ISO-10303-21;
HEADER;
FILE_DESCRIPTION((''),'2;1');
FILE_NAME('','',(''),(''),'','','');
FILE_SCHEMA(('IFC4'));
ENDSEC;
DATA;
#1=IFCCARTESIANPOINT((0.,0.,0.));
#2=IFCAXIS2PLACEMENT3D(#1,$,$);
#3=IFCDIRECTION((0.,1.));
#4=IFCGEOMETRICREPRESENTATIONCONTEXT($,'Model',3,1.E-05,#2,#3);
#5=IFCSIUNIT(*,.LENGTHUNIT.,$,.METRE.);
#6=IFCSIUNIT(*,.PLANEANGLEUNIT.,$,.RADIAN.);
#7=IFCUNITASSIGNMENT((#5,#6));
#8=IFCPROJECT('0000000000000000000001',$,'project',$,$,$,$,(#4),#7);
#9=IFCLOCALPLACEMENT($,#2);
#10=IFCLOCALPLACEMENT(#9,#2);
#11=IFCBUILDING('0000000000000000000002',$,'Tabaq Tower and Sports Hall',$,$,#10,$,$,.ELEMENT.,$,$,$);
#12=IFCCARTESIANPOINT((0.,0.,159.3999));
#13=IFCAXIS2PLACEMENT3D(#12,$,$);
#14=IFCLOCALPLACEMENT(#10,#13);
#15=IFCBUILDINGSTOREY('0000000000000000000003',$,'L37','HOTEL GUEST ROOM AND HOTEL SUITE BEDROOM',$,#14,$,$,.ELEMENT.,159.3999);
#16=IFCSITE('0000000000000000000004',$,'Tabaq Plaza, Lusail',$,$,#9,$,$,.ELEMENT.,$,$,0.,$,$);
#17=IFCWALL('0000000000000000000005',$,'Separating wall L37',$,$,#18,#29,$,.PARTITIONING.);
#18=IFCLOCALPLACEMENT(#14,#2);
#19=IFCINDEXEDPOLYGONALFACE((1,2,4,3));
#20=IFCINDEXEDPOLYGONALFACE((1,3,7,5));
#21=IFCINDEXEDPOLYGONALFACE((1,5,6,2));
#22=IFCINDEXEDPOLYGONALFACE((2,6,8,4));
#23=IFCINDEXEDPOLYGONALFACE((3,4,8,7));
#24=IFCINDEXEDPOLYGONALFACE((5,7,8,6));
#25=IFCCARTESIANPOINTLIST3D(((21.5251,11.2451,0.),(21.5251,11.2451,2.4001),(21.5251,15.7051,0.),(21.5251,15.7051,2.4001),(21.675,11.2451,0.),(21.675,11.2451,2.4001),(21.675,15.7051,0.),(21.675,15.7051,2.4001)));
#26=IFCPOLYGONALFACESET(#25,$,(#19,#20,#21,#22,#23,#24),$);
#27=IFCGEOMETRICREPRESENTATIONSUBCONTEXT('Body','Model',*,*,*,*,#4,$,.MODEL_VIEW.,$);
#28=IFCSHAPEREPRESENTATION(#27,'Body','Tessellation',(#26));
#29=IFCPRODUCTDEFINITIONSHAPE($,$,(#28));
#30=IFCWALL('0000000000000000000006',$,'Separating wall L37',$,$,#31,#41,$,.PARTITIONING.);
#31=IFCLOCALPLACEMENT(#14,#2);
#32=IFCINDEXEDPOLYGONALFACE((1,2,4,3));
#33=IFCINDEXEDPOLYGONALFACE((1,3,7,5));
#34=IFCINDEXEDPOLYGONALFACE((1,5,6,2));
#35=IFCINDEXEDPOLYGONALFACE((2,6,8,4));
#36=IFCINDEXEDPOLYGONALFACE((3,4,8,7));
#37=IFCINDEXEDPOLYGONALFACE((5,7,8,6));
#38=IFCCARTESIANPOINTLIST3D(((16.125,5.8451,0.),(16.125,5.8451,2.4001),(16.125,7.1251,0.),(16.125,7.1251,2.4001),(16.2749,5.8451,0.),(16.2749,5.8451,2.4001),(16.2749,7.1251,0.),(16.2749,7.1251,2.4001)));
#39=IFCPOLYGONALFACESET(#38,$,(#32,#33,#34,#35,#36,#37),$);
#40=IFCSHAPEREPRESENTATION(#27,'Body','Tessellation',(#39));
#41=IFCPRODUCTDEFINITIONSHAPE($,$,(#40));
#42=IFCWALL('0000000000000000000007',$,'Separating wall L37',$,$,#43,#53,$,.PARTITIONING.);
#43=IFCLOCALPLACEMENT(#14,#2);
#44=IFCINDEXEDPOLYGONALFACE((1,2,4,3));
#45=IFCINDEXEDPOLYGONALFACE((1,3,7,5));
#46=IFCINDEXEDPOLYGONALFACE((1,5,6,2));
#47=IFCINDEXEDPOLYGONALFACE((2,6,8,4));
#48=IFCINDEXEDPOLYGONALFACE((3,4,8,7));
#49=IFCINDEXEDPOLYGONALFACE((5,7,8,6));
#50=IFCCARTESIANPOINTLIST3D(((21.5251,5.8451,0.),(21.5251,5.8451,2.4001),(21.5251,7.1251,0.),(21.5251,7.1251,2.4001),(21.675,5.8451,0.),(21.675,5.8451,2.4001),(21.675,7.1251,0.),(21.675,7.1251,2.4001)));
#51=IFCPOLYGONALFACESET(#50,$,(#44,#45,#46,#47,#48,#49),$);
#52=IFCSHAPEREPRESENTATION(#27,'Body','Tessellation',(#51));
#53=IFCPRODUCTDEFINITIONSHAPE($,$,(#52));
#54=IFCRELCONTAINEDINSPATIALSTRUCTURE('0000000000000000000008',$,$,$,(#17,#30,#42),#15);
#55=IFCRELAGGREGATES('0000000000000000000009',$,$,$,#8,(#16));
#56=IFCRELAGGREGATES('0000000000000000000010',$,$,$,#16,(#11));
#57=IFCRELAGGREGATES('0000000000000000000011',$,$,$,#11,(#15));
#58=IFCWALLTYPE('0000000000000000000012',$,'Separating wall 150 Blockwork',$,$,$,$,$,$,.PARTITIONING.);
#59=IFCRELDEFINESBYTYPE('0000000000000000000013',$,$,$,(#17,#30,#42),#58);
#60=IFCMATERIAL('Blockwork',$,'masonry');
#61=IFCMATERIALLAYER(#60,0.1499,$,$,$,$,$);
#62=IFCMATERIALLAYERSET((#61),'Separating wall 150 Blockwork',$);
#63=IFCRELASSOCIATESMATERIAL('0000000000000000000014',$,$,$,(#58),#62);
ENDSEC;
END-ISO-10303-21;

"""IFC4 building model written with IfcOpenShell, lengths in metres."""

from ifc_helpers import new_model, si_unit, direction, frame, frame_2d, origin, place, context, subcontext, project, spatial, rectangle, extrude, material, layer, layer_set, type_object, element, save


model = new_model("IFC4")

# Units and contexts
model_context = context("Model", 3, precision=1e-05, world=origin(), true_north=direction((0.0, 1.0)))
body_context = subcontext(model_context, "Body", "Model", "MODEL_VIEW")
ifc_project = project(units=[si_unit("LENGTHUNIT", "METRE"), si_unit("PLANEANGLEUNIT", "RADIAN")], contexts=[model_context])

# Site, building, storey
site_placement = place(None, origin())
site = spatial("IfcSite", under=ifc_project, at=site_placement, Name="Tabaq Plaza, Lusail", CompositionType="ELEMENT", RefElevation=0.0)
building_placement = place(site_placement, origin())
building = spatial("IfcBuilding", under=site, at=building_placement, Name="Tabaq Tower and Sports Hall", CompositionType="ELEMENT")
storey_placement = place(building_placement, frame((0.0, 0.0, 159.3999)))
storey = spatial("IfcBuildingStorey", under=building, at=storey_placement, Name="L37", Description="HOTEL GUEST ROOM AND HOTEL SUITE BEDROOM", CompositionType="ELEMENT", Elevation=159.3999)

# Walls
ifc_material_1 = material(Name="Blockwork", Category="masonry")
ifc_layer_1 = layer(ifc_material_1, 0.1499)
ifc_layer_set_1 = layer_set([ifc_layer_1], Name="Separating wall 150 Blockwork")
wall_type_1 = type_object("IfcWallType", Name="Separating wall 150 Blockwork", PredefinedType="PARTITIONING", material=ifc_layer_set_1)
wall_1_placement = place(storey_placement, frame((21.6001, 11.2451, 0.0), z_axis=(0.0, 0.0, 1.0), x_axis=(0.0, 1.0, 0.0)))
element("IfcWall", 1, at=wall_1_placement, inside=storey, type_object=wall_type_1, Name="Separating wall L37", PredefinedType="PARTITIONING", context=body_context, shape_type="SweptSolid", body=[
    extrude(rectangle(XDim=4.46, YDim=0.1499, at=frame_2d((2.23, 0.0))), origin(), (0.0, 0.0, 1.0), 2.4001),
])
for number, where, z_axis, x_axis, name in (
    (2, (16.2, 5.845, 0.0), (0.0, 0.0, 1.0), (0.0, 1.0, 0.0), "Separating wall L37"),
    (3, (21.6001, 5.845, 0.0), (0.0, 0.0, 1.0), (0.0, 1.0, 0.0), "Separating wall L37"),
):
    element("IfcWall", number, at=place(storey_placement, frame(where, z_axis=z_axis, x_axis=x_axis)), inside=storey, type_object=wall_type_1, Name=name, PredefinedType="PARTITIONING", context=body_context, shape_type="SweptSolid", body=[
        extrude(rectangle(XDim=1.28, YDim=0.1499, at=frame_2d((0.6401, 0.0))), origin(), (0.0, 0.0, 1.0), 2.4001),
    ])

save(model, "model.ifc")
